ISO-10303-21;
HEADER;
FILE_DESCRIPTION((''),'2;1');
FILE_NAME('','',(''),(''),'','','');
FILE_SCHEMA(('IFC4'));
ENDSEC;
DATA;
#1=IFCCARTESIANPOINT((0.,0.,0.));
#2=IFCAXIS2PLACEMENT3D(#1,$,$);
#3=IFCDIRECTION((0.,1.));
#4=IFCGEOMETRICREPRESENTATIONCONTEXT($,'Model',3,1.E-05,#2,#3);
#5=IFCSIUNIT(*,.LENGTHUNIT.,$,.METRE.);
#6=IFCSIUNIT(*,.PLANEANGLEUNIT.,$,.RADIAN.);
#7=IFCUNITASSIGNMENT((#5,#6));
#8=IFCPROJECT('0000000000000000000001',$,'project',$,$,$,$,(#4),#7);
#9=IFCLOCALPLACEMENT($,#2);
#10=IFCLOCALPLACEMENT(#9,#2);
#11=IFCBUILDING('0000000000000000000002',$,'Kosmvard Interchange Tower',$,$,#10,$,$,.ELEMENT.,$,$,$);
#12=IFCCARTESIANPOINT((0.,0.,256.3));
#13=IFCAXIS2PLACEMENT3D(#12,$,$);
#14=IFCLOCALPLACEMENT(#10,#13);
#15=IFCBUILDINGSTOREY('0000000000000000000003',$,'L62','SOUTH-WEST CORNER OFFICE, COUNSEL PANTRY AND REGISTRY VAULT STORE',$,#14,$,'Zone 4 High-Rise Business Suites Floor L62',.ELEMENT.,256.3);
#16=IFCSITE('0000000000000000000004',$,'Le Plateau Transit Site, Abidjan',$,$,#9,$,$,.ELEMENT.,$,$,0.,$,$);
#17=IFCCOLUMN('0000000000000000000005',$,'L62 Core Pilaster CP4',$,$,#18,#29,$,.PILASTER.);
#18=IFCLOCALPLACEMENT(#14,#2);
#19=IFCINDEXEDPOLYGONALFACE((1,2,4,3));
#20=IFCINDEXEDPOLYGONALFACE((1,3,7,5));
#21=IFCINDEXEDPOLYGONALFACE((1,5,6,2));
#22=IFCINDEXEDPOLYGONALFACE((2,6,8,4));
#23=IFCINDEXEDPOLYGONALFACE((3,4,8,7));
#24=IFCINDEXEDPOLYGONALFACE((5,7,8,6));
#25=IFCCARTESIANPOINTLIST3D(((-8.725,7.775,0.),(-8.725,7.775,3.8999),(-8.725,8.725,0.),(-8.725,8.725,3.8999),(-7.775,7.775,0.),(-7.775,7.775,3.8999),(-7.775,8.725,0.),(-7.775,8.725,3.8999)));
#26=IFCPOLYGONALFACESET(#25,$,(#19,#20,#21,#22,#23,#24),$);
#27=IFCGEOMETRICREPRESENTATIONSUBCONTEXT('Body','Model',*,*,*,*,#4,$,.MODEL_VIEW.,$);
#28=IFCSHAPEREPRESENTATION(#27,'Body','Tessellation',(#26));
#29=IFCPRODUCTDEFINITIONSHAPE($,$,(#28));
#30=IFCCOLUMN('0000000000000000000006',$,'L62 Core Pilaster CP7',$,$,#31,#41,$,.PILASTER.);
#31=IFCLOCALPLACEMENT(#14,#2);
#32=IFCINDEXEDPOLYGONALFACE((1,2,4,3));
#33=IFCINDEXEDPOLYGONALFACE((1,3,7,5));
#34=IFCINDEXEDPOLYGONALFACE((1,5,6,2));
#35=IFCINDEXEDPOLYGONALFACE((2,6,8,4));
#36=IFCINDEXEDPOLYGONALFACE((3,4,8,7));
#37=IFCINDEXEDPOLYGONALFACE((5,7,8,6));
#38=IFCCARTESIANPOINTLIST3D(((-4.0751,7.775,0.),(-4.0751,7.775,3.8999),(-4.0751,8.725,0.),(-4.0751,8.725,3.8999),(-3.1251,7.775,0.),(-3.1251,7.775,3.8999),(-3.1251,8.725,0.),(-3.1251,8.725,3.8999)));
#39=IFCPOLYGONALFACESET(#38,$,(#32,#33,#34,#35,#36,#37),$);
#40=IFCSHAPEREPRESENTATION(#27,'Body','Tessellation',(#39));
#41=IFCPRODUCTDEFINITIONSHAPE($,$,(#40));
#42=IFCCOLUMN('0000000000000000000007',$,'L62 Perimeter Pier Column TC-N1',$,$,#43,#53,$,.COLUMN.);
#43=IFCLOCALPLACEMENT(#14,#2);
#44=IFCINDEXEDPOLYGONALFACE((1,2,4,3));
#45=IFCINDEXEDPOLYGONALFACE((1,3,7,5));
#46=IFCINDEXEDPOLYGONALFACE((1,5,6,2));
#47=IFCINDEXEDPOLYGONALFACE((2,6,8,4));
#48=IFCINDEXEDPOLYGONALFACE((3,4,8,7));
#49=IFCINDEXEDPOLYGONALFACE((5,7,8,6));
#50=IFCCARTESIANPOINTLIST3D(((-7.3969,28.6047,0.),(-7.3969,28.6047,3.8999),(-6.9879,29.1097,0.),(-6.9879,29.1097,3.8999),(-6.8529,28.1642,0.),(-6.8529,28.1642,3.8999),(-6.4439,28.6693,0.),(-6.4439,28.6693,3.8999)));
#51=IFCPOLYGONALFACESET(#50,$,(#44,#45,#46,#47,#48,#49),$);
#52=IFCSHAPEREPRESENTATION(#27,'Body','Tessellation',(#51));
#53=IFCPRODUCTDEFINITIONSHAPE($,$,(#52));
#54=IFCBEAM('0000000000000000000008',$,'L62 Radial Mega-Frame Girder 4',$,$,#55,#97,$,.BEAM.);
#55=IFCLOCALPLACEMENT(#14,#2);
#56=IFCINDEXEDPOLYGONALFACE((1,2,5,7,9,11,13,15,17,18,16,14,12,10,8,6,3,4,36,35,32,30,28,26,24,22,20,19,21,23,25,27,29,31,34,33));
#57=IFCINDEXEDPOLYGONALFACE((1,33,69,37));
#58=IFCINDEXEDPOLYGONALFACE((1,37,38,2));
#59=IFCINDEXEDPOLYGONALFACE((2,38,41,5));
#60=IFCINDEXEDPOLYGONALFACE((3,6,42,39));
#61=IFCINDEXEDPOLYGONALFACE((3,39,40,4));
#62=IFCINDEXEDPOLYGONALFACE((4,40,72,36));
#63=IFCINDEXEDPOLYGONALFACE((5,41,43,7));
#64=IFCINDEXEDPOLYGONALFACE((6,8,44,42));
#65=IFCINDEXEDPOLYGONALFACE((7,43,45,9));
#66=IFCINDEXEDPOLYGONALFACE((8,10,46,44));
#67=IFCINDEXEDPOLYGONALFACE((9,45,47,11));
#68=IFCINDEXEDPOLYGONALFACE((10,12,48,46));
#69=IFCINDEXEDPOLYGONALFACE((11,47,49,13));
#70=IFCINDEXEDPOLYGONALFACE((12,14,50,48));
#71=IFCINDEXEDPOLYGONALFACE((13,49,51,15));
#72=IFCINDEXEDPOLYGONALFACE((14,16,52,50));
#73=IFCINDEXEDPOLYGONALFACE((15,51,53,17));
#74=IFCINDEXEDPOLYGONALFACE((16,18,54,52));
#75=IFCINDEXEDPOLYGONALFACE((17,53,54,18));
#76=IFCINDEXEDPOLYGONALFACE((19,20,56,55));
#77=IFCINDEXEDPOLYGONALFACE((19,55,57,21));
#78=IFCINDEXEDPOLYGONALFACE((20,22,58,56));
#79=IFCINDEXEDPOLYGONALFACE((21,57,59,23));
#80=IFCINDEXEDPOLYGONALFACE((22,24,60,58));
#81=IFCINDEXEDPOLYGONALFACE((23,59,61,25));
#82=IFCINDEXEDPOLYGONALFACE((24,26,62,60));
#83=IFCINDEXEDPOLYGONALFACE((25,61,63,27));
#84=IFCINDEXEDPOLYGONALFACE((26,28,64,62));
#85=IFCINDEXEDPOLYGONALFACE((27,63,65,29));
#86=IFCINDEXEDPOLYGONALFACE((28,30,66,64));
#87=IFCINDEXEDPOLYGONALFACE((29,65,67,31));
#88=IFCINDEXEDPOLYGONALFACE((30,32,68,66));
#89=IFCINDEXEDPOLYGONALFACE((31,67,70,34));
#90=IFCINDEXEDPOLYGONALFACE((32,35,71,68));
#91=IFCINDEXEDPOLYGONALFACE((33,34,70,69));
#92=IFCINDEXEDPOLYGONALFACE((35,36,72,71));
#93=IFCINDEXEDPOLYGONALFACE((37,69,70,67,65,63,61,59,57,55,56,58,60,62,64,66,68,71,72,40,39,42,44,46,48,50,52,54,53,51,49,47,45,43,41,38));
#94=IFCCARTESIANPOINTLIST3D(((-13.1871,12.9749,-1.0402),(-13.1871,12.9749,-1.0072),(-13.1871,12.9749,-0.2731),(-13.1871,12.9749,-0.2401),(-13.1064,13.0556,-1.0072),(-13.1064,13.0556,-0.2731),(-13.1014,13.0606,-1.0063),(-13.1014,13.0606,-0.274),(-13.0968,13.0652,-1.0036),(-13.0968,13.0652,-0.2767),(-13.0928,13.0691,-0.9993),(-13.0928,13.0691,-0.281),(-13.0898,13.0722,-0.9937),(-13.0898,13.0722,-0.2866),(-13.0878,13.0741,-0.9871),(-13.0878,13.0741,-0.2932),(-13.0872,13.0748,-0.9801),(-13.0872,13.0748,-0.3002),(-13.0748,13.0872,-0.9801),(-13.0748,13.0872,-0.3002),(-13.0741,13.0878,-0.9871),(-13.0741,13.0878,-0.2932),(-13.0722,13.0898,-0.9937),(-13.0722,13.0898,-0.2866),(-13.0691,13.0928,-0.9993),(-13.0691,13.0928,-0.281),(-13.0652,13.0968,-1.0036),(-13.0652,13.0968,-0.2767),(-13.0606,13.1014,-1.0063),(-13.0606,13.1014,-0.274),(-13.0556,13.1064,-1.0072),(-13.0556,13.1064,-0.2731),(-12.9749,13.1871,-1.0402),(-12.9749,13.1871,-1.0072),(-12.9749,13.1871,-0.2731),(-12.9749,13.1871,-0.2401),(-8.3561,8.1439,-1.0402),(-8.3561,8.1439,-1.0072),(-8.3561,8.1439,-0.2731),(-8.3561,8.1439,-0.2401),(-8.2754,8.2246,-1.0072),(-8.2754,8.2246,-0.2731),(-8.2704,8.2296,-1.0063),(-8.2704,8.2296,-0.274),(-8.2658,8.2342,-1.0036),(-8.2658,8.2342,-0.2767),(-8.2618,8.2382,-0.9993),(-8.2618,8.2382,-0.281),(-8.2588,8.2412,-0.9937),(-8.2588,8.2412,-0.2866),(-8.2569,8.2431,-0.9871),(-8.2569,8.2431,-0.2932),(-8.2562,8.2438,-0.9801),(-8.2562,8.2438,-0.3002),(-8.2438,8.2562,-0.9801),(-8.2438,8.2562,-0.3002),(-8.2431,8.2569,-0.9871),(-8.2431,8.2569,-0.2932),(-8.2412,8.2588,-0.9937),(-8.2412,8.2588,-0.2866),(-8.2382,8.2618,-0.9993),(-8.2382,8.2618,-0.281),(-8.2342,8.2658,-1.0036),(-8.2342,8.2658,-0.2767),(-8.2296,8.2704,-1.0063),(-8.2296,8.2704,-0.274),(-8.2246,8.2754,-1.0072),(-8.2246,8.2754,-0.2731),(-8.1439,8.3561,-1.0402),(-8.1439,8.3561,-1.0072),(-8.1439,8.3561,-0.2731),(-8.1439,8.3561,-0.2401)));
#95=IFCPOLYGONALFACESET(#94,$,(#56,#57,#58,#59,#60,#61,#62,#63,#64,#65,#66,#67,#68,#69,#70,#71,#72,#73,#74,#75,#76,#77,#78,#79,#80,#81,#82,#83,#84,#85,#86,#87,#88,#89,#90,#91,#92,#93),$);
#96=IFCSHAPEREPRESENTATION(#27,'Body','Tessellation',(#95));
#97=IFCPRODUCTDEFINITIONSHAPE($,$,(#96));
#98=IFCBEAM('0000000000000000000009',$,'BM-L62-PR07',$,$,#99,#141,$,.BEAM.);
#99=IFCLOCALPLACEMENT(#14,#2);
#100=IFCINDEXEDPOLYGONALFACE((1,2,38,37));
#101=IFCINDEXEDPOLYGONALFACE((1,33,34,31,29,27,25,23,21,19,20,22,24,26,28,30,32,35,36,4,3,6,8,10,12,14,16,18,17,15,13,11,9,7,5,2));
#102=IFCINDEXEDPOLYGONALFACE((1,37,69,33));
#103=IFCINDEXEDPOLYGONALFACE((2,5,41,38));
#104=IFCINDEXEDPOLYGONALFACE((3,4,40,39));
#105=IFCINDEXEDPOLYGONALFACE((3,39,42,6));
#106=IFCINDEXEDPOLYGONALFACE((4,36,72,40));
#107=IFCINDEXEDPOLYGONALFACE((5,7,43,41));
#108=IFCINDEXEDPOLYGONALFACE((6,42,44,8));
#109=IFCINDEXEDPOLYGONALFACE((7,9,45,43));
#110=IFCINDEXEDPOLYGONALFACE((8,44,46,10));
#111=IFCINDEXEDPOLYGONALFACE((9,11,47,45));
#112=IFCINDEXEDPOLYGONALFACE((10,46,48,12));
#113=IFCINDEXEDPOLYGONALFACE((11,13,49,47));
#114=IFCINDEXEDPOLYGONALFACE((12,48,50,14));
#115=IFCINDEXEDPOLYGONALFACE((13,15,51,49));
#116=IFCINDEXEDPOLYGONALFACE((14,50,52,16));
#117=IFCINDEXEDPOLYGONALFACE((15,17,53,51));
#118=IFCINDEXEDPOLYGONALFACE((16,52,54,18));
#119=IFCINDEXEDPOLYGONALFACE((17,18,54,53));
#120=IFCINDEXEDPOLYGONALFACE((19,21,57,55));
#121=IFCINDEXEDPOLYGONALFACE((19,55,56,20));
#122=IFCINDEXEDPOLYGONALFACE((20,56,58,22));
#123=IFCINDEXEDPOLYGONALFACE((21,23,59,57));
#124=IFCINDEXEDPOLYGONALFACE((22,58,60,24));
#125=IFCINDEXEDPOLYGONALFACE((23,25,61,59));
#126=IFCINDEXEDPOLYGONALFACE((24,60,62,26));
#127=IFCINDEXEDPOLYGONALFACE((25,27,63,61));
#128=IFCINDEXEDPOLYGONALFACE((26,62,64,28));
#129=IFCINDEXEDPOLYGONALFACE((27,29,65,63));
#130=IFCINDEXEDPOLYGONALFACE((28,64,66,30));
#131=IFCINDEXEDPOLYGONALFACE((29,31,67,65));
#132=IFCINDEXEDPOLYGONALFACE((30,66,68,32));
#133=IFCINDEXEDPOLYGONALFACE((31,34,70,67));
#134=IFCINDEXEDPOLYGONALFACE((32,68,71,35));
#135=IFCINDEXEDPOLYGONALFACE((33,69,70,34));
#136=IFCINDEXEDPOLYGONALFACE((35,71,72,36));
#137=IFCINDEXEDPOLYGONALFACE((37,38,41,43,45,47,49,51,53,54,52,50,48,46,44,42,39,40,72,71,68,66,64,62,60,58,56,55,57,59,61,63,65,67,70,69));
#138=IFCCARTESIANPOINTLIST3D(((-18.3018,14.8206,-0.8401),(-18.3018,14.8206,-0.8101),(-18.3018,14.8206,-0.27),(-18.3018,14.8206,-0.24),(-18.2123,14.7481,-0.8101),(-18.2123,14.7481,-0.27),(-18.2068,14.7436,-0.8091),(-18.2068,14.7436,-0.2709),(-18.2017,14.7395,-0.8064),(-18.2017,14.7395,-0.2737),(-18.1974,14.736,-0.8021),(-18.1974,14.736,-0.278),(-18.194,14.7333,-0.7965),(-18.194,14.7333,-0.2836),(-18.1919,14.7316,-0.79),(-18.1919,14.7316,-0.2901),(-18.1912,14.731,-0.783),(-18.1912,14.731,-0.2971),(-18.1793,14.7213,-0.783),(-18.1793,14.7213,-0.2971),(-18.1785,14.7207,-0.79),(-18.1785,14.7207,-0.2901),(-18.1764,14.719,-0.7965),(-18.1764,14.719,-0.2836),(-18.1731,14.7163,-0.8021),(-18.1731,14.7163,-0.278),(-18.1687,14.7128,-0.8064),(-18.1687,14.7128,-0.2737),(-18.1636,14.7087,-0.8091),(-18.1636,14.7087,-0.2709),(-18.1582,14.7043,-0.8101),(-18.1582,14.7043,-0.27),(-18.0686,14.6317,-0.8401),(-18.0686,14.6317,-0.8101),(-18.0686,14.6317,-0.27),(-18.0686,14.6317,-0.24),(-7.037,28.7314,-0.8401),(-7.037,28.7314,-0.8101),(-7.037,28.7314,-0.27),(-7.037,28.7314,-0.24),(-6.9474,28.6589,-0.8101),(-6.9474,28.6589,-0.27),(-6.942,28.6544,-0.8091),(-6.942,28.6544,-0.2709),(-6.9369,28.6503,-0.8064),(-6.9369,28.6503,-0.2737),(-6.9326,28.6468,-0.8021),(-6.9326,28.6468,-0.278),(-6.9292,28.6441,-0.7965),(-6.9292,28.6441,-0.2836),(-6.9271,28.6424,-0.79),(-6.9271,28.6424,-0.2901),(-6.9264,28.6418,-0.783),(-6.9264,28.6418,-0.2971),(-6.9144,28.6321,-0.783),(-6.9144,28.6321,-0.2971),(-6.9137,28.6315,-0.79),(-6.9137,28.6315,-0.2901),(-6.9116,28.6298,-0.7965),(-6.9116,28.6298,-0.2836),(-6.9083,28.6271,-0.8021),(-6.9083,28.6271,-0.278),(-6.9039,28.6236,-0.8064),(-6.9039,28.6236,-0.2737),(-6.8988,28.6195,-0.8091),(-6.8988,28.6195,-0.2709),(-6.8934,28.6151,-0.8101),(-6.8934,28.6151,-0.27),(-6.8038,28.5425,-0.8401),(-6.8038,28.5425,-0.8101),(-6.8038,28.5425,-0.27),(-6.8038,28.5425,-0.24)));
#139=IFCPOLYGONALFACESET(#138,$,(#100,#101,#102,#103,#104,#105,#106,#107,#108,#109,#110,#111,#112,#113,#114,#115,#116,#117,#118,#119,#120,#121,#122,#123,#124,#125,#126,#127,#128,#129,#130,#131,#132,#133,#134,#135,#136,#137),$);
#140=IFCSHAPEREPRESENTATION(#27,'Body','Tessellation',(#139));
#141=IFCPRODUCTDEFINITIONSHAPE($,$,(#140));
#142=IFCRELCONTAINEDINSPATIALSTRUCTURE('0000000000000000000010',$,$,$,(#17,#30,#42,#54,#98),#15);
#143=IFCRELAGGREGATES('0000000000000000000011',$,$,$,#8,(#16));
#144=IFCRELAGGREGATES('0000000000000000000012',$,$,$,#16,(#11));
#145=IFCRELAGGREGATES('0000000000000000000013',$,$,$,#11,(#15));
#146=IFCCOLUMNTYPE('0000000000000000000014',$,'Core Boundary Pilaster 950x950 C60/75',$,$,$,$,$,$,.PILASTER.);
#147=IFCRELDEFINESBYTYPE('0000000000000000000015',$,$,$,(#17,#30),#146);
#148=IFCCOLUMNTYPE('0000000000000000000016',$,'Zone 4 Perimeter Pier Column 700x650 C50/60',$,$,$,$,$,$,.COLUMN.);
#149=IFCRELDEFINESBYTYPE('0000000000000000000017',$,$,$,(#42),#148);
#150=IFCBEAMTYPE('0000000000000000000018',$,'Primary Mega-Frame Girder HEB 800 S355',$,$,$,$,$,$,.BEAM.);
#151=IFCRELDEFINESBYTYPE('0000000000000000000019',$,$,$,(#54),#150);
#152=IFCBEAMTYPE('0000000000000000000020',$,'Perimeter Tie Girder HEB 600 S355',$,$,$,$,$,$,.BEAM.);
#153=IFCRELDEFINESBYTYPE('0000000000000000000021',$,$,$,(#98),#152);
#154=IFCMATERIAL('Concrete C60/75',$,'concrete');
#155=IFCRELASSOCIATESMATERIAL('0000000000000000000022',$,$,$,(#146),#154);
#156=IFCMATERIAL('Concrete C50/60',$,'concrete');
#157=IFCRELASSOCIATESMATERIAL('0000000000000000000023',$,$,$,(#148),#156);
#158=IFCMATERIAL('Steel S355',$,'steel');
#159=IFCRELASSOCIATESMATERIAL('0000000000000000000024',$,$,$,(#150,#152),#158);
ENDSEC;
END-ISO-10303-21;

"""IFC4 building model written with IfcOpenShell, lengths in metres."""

from ifc_helpers import new_model, si_unit, direction, frame, origin, origin_2d, place, context, subcontext, project, spatial, rectangle, i_section, extrude, source, transform, mapped, material, material_profile, profile_set, type_object, element, save


model = new_model("IFC4")

# Units and contexts
model_context = context("Model", 3, precision=1e-05, world=origin(), true_north=direction((0.0, 1.0)))
body_context = subcontext(model_context, "Body", "Model", "MODEL_VIEW")
ifc_project = project(units=[si_unit("LENGTHUNIT", "METRE"), si_unit("PLANEANGLEUNIT", "RADIAN")], contexts=[model_context])

# Site, building, storey
site_placement = place(None, origin())
site = spatial("IfcSite", under=ifc_project, at=site_placement, Name="Le Plateau Transit Site, Abidjan", CompositionType="ELEMENT", RefElevation=0.0)
building_placement = place(site_placement, origin())
building = spatial("IfcBuilding", under=site, at=building_placement, Name="Kosmvard Interchange Tower", CompositionType="ELEMENT")
storey_placement = place(building_placement, frame((0.0, 0.0, 256.3)))
storey = spatial("IfcBuildingStorey", under=building, at=storey_placement, Name="L62", Description="SOUTH-WEST CORNER OFFICE, COUNSEL PANTRY AND REGISTRY VAULT STORE", LongName="Zone 4 High-Rise Business Suites Floor L62", CompositionType="ELEMENT", Elevation=256.3)

# Columns
ifc_material_1 = material(Name="Concrete C60/75", Category="concrete")
ifc_material_profile_1 = material_profile(ifc_material_1, rectangle(XDim=0.95, YDim=0.95, at=origin_2d()), Name="CP 950x950")
ifc_profile_set_1 = profile_set([ifc_material_profile_1], Name="Concrete C60/75")
column_type_1 = type_object("IfcColumnType", Name="Core Boundary Pilaster 950x950 C60/75", PredefinedType="PILASTER", material=ifc_profile_set_1)
shared_shape_1 = source(origin(), body_context, "Body", "SweptSolid", [
    extrude(rectangle(XDim=0.95, YDim=0.95, at=origin_2d()), origin(), (0.0, 0.0, 1.0), 3.8999),
])
for number, where, z_axis, x_axis, name in (
    (1, (-8.25, 8.25, 0.0), (0.0, 0.0, 1.0), (1.0, 0.0, 0.0), "L62 Core Pilaster CP4"),
    (2, (-3.6001, 8.25, 0.0), (0.0, 0.0, 1.0), (1.0, 0.0, 0.0), "L62 Core Pilaster CP7"),
):
    element("IfcColumn", number, at=place(storey_placement, frame(where, z_axis=z_axis, x_axis=x_axis)), inside=storey, type_object=column_type_1, Name=name, PredefinedType="PILASTER", context=body_context, shape_type="MappedRepresentation", body=[
        mapped(shared_shape_1, transform((0.0, 0.0, 0.0), scale=1.0)),
    ])
ifc_material_2 = material(Name="Concrete C50/60", Category="concrete")
ifc_material_profile_2 = material_profile(ifc_material_2, rectangle(XDim=0.6499, YDim=0.7, at=origin_2d()), Name="TC 700x650")
ifc_profile_set_2 = profile_set([ifc_material_profile_2], Name="Concrete C50/60")
column_type_2 = type_object("IfcColumnType", Name="Zone 4 Perimeter Pier Column 700x650 C50/60", PredefinedType="COLUMN", material=ifc_profile_set_2)
shared_shape_2 = source(origin(), body_context, "Body", "SweptSolid", [
    extrude(rectangle(XDim=0.6499, YDim=0.7, at=origin_2d()), origin(), (0.0, 0.0, 1.0), 3.8999),
])
column_placement = place(storey_placement, frame((-6.9204, 28.637, 0.0), z_axis=(0.0, 0.0, 1.0), x_axis=(0.62932, 0.777146, 0.0)))
element("IfcColumn", 3, at=column_placement, inside=storey, type_object=column_type_2, Name="L62 Perimeter Pier Column TC-N1", PredefinedType="COLUMN", context=body_context, shape_type="MappedRepresentation", body=[
    mapped(shared_shape_2, transform((0.0, 0.0, 0.0), scale=1.0)),
])

# Beams
ifc_material_3 = material(Name="Steel S355", Category="steel")
ifc_material_profile_3 = material_profile(ifc_material_3, i_section(OverallWidth=0.3, OverallDepth=0.8, WebThickness=0.0176, FlangeThickness=0.033, FilletRadius=0.0271, at=origin_2d()), Name="HEB 800")
ifc_profile_set_3 = profile_set([ifc_material_profile_3], Name="Steel S355")
beam_type_1 = type_object("IfcBeamType", Name="Primary Mega-Frame Girder HEB 800 S355", PredefinedType="BEAM", material=ifc_profile_set_3)
shared_shape_3 = source(origin(), body_context, "Body", "SweptSolid", [
    extrude(i_section(OverallWidth=0.3, OverallDepth=0.8, WebThickness=0.0176, FlangeThickness=0.033, FilletRadius=0.0271, at=origin_2d()), origin(), (0.0, 0.0, 1.0), 6.832),
])
beam_1_placement = place(storey_placement, frame((-8.25, 8.25, -0.6401), z_axis=(-0.707107, 0.707107, 0.0), x_axis=(-0.707107, -0.707107, 0.0)))
element("IfcBeam", 4, at=beam_1_placement, inside=storey, type_object=beam_type_1, Name="L62 Radial Mega-Frame Girder 4", PredefinedType="BEAM", context=body_context, shape_type="MappedRepresentation", body=[
    mapped(shared_shape_3, transform((0.0, 0.0, 0.0), scale=1.0)),
])
ifc_material_profile_4 = material_profile(ifc_material_3, i_section(OverallWidth=0.3, OverallDepth=0.6001, WebThickness=0.0154, FlangeThickness=0.03, FilletRadius=0.0271, at=origin_2d()), Name="HEB 600")
ifc_profile_set_4 = profile_set([ifc_material_profile_4], Name="Steel S355")
beam_type_2 = type_object("IfcBeamType", Name="Perimeter Tie Girder HEB 600 S355", PredefinedType="BEAM", material=ifc_profile_set_4)
shared_shape_4 = source(origin(), body_context, "Body", "SweptSolid", [
    extrude(i_section(OverallWidth=0.3, OverallDepth=0.6001, WebThickness=0.0154, FlangeThickness=0.03, FilletRadius=0.0271, at=origin_2d()), origin(), (0.0, 0.0, 1.0), 17.8999),
])
beam_2_placement = place(storey_placement, frame((-6.9204, 28.637, -0.54), z_axis=(-0.629323, -0.777144, 0.0), x_axis=(0.777144, -0.629323, 0.0)))
element("IfcBeam", 5, at=beam_2_placement, inside=storey, type_object=beam_type_2, Name="BM-L62-PR07", PredefinedType="BEAM", context=body_context, shape_type="MappedRepresentation", body=[
    mapped(shared_shape_4, transform((0.0, 0.0, 0.0), scale=1.0)),
])

save(model, "model.ifc")
